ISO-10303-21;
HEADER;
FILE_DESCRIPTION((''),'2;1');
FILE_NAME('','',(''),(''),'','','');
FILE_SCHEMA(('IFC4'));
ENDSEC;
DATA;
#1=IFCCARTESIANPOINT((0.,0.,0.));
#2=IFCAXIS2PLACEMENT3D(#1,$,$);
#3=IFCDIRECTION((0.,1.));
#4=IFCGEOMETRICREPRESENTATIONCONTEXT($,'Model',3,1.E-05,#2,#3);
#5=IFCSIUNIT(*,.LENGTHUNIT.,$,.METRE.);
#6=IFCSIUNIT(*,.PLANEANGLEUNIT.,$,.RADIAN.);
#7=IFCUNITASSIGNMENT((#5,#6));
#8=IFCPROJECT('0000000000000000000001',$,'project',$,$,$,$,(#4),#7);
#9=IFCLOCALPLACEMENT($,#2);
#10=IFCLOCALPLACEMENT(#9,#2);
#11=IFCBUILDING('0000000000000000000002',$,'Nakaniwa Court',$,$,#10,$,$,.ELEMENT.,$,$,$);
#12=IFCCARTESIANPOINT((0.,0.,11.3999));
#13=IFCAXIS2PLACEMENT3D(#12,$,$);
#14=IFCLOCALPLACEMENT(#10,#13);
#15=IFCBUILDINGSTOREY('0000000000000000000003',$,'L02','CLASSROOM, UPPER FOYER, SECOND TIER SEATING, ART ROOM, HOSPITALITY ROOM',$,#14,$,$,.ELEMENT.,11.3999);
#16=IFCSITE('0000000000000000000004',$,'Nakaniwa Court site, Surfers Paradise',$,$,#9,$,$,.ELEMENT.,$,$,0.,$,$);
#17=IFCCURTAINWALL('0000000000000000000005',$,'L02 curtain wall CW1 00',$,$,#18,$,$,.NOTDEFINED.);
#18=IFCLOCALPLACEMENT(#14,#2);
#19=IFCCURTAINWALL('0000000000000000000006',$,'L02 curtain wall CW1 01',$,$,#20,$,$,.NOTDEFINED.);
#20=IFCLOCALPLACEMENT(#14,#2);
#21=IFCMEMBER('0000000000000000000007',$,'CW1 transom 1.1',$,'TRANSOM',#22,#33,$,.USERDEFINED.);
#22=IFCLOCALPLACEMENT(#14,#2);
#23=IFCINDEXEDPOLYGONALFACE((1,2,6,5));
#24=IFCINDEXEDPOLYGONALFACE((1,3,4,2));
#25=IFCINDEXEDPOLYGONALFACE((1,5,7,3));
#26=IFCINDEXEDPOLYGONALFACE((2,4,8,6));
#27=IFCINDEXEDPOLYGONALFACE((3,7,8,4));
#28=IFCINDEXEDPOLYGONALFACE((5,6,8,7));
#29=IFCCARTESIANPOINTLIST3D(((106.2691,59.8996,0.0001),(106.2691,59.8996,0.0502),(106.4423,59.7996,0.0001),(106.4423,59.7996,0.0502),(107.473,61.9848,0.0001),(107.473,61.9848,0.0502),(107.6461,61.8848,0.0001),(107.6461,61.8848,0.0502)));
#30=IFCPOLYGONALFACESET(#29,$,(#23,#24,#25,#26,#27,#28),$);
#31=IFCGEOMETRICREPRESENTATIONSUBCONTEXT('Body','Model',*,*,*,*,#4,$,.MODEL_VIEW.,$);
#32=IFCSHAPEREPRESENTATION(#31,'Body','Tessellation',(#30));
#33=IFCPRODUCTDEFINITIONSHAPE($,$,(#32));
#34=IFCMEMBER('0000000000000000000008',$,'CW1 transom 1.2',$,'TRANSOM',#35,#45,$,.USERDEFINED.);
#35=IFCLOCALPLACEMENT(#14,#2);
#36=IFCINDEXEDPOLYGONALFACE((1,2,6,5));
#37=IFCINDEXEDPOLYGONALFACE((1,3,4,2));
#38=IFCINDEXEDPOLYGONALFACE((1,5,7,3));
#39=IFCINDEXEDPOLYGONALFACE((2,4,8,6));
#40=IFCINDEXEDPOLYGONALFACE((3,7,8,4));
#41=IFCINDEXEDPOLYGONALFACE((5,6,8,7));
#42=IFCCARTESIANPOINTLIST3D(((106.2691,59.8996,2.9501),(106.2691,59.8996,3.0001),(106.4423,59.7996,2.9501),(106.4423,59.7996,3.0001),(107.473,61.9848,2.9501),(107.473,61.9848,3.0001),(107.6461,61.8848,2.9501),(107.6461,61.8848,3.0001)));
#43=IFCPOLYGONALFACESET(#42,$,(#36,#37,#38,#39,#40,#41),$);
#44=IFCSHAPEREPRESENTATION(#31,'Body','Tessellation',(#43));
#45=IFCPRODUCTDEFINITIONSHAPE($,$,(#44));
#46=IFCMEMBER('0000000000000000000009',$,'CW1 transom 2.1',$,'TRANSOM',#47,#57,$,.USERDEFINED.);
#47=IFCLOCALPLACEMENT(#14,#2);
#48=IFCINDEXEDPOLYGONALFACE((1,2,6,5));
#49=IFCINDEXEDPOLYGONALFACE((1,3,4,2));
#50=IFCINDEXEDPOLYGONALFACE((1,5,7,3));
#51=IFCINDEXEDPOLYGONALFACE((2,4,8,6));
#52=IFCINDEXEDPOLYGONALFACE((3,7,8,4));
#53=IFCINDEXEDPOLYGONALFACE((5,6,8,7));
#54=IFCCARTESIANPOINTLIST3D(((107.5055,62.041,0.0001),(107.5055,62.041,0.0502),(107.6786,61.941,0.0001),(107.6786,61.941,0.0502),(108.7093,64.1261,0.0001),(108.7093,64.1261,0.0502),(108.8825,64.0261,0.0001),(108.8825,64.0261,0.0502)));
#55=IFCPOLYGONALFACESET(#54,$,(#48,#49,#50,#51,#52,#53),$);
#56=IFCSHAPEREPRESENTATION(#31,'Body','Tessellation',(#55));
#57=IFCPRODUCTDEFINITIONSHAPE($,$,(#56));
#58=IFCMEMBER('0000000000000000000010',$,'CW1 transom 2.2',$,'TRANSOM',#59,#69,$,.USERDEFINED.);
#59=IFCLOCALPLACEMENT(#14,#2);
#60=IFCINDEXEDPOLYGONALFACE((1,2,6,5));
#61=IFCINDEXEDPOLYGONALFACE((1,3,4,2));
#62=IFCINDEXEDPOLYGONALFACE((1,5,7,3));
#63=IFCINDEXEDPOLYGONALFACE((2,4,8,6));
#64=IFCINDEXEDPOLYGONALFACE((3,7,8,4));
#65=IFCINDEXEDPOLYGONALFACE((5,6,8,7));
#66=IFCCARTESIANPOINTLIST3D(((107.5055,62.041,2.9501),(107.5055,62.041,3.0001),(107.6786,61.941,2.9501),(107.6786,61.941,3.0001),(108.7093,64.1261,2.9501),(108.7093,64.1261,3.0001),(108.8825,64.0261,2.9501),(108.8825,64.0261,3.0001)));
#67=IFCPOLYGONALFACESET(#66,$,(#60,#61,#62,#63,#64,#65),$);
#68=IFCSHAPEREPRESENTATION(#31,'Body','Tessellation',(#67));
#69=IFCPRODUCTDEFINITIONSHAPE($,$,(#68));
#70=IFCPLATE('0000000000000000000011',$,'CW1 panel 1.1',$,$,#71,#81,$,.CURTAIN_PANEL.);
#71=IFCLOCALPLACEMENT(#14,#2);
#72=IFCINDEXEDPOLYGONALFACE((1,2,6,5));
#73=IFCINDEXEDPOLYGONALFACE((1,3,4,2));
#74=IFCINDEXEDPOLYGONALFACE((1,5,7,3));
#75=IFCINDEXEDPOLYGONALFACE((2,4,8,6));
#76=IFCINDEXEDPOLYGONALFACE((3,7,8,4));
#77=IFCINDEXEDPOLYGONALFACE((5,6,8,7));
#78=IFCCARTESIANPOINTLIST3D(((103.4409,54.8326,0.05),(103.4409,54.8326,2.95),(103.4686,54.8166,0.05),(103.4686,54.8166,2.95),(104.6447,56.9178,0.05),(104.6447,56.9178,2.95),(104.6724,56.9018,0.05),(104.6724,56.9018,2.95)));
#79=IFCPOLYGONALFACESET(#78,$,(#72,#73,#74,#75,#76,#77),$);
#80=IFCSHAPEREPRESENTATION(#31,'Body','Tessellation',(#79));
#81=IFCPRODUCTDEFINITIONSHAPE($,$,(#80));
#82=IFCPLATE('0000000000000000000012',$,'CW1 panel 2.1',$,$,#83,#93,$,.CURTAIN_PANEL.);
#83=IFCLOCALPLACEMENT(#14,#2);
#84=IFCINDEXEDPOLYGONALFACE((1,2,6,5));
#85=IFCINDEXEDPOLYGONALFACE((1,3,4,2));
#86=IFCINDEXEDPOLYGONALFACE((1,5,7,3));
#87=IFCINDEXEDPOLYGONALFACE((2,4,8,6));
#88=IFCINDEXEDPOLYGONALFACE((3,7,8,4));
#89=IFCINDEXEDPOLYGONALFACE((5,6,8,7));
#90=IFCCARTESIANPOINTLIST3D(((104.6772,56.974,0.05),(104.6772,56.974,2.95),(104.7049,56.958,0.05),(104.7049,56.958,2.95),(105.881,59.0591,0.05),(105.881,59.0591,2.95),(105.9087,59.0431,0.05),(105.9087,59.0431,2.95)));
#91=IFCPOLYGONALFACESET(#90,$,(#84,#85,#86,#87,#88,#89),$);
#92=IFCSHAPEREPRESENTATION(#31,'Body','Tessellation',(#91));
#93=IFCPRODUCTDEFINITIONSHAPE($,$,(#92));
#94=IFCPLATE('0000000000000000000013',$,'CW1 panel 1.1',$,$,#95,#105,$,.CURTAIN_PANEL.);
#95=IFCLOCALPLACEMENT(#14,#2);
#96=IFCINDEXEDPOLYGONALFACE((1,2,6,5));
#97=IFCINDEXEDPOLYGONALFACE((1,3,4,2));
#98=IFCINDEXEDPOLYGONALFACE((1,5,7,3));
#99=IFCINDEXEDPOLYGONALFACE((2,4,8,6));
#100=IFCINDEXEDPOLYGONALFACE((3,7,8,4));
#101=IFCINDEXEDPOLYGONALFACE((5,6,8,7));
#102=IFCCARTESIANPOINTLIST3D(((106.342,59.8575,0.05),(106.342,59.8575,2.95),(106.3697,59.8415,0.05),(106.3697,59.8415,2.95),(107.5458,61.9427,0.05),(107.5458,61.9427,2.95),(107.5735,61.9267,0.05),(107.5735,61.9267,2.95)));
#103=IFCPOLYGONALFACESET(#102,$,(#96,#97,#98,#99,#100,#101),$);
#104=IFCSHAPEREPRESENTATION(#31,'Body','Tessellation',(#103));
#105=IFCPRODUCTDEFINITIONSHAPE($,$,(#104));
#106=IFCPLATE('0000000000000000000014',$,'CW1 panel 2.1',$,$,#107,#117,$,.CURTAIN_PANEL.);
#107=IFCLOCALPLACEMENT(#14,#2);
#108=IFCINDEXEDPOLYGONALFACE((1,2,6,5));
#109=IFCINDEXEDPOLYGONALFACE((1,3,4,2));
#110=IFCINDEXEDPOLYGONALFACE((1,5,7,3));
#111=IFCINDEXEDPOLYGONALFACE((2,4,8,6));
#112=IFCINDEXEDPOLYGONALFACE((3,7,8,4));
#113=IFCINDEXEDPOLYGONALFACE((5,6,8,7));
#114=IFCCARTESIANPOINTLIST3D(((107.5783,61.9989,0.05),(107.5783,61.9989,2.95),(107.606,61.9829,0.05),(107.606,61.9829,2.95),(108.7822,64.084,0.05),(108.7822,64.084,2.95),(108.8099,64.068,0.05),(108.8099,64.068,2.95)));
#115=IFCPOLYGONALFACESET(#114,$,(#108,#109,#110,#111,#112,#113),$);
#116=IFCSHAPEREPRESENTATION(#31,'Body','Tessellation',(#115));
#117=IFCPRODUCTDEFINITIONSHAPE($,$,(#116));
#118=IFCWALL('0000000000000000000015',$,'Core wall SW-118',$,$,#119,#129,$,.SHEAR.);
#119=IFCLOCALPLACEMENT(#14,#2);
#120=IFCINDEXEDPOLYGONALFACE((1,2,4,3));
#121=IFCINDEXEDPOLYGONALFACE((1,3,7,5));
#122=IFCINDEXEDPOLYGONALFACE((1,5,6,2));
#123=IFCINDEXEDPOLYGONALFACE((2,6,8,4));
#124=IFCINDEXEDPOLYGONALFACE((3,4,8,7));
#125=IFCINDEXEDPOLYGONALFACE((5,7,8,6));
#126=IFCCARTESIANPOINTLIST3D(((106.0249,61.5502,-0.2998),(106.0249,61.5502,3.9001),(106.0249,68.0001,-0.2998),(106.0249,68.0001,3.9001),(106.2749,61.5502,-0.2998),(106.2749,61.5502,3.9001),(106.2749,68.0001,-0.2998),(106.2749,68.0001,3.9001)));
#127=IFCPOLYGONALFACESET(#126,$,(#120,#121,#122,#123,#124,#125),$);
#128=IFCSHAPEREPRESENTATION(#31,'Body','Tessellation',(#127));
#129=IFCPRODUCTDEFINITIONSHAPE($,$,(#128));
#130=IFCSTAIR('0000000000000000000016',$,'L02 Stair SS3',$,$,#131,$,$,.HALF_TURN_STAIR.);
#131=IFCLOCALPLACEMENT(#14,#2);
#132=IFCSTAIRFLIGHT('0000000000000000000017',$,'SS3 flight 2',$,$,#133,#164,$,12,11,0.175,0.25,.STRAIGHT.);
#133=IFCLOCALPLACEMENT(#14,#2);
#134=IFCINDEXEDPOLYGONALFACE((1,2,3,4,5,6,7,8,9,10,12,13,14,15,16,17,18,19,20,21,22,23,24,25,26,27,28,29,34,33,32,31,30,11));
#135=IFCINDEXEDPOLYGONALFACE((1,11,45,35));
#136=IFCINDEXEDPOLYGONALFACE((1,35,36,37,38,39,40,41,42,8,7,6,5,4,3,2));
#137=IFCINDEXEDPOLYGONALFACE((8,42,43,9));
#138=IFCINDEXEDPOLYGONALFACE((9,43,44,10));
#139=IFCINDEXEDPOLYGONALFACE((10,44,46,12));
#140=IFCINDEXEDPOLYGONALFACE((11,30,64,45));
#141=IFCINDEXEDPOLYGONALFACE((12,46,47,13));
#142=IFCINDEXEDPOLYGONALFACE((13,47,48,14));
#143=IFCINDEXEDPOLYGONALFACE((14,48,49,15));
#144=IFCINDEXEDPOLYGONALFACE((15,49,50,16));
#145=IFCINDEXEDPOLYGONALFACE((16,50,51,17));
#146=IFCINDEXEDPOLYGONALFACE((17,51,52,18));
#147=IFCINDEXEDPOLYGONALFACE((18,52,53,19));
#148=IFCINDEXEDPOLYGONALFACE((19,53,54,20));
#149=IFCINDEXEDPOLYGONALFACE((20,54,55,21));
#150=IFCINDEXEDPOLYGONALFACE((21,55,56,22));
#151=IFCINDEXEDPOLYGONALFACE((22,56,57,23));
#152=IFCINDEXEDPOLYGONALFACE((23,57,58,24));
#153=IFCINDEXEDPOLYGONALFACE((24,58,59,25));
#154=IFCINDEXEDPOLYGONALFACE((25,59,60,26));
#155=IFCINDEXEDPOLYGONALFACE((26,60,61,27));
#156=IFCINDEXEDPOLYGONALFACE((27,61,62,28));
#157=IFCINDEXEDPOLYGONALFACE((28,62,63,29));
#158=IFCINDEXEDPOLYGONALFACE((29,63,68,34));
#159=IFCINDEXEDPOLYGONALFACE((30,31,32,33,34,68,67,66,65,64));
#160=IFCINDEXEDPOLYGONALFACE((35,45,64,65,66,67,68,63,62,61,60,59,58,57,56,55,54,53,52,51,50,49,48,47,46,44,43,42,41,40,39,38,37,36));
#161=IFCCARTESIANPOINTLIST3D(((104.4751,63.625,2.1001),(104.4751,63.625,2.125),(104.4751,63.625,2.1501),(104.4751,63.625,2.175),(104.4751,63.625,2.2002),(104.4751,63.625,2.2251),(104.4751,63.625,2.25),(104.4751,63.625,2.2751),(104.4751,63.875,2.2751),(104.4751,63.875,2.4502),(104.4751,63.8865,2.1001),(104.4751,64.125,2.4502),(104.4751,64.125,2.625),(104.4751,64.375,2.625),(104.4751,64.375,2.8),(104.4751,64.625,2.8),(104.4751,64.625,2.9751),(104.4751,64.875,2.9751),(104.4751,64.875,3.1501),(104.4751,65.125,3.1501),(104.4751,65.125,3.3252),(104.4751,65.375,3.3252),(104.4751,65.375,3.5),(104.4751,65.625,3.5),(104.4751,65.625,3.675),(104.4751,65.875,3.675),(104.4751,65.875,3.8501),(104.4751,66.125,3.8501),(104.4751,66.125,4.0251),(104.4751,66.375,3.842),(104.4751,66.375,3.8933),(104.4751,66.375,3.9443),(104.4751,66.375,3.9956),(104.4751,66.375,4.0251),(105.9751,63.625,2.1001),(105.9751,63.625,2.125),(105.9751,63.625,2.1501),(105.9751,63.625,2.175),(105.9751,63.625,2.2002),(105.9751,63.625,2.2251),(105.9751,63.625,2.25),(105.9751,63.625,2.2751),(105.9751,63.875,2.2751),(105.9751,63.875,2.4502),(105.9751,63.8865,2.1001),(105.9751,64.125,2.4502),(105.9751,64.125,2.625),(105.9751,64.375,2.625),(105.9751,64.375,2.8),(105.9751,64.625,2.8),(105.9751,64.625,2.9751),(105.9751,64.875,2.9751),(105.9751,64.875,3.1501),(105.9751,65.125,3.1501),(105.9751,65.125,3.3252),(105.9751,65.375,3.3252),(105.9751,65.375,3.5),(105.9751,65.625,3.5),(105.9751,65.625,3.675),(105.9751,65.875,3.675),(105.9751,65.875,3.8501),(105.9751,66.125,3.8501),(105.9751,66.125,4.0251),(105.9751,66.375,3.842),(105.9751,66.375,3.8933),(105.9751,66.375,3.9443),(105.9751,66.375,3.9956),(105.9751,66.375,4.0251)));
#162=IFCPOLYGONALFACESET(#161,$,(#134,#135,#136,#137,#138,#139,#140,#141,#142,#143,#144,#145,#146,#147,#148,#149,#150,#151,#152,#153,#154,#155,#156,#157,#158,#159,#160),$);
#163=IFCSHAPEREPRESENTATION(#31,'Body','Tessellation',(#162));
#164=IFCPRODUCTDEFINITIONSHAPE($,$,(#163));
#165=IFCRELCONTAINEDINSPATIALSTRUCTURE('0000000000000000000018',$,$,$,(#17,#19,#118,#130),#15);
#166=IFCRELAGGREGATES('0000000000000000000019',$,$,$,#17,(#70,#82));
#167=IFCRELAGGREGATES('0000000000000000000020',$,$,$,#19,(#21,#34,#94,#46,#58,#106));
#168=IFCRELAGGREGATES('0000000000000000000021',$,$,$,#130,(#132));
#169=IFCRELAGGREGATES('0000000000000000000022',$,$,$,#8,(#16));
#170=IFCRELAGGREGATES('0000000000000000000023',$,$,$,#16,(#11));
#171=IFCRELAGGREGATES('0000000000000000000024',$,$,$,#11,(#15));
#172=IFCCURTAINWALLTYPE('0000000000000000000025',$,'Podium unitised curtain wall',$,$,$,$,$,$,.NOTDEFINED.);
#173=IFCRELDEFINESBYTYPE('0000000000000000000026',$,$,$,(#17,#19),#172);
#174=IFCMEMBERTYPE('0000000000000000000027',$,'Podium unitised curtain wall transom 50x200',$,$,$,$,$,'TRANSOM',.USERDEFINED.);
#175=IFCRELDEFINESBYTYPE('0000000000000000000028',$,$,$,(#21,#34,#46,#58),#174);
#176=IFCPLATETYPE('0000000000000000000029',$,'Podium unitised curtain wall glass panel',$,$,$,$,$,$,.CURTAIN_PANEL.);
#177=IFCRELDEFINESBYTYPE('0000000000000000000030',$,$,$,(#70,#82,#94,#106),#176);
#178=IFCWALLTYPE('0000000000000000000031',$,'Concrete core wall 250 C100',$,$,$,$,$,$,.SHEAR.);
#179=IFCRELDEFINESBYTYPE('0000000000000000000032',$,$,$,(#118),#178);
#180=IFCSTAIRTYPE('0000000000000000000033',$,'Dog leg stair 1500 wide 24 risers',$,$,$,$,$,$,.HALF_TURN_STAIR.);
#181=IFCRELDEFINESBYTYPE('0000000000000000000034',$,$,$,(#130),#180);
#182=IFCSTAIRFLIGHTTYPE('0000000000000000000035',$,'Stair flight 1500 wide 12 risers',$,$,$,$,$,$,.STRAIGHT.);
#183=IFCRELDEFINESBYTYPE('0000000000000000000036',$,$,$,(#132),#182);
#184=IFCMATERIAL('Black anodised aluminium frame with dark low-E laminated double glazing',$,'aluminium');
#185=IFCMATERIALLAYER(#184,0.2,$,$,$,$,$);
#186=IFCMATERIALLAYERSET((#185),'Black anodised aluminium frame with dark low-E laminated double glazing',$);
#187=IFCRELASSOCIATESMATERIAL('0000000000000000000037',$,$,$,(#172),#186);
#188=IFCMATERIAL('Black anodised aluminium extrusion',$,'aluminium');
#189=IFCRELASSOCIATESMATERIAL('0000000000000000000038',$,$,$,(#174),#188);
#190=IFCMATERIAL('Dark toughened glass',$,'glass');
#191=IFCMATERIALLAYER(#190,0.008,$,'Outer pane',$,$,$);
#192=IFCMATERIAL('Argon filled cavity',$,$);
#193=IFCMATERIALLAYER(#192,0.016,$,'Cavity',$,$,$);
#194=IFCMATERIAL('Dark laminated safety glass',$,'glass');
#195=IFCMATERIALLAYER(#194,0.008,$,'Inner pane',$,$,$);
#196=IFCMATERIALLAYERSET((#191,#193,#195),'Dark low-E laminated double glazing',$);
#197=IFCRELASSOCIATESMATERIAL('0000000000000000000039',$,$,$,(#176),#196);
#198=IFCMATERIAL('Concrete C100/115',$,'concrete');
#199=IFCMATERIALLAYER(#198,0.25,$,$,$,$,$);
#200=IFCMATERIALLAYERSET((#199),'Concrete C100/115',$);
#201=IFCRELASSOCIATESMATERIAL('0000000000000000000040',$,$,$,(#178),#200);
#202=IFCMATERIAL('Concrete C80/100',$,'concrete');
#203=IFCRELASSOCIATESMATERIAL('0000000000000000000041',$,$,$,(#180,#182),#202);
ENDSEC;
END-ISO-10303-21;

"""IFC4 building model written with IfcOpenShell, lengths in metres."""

from ifc_helpers import new_model, si_unit, direction, frame, frame_2d, origin, origin_2d, place, context, subcontext, project, spatial, polyline, rectangle, outline, extrude, material, layer, layer_set, material_profile, profile_set, type_object, element, aggregate, save


model = new_model("IFC4")

# Units and contexts
model_context = context("Model", 3, precision=1e-05, world=origin(), true_north=direction((0.0, 1.0)))
body_context = subcontext(model_context, "Body", "Model", "MODEL_VIEW")
ifc_project = project(units=[si_unit("LENGTHUNIT", "METRE"), si_unit("PLANEANGLEUNIT", "RADIAN")], contexts=[model_context])

# Site, building, storey
site_placement = place(None, origin())
site = spatial("IfcSite", under=ifc_project, at=site_placement, Name="Nakaniwa Court site, Surfers Paradise", CompositionType="ELEMENT", RefElevation=0.0)
building_placement = place(site_placement, origin())
building = spatial("IfcBuilding", under=site, at=building_placement, Name="Nakaniwa Court", CompositionType="ELEMENT")
storey_placement = place(building_placement, frame((0.0, 0.0, 11.3999)))
storey = spatial("IfcBuildingStorey", under=building, at=storey_placement, Name="L02", Description="CLASSROOM, UPPER FOYER, SECOND TIER SEATING, ART ROOM, HOSPITALITY ROOM", CompositionType="ELEMENT", Elevation=11.3999)

# Shared definitions
ifc_material_1 = material(Name="Concrete C100/115", Category="concrete")

# Curtain walls
ifc_material_2 = material(Name="Black anodised aluminium frame with dark low-E laminated double glazing", Category="aluminium")
ifc_layer_1 = layer(ifc_material_2, 0.2)
ifc_layer_set_1 = layer_set([ifc_layer_1], Name="Black anodised aluminium frame with dark low-E laminated double glazing")
curtain_wall_type = type_object("IfcCurtainWallType", Name="Podium unitised curtain wall", PredefinedType="NOTDEFINED", material=ifc_layer_set_1)
curtain_wall_1_placement = place(storey_placement, origin())
curtain_wall_1 = element("IfcCurtainWall", 1, at=curtain_wall_1_placement, inside=storey, type_object=curtain_wall_type, Name="L02 curtain wall CW1 00", PredefinedType="NOTDEFINED")
ifc_material_3 = material(Name="Black anodised aluminium extrusion", Category="aluminium")
curtain_wall_2_placement = place(storey_placement, origin())
curtain_wall_2 = element("IfcCurtainWall", 2, at=curtain_wall_2_placement, inside=storey, type_object=curtain_wall_type, Name="L02 curtain wall CW1 01", PredefinedType="NOTDEFINED")

# Members
ifc_material_profile_1 = material_profile(ifc_material_3, rectangle(XDim=0.2, YDim=0.05, at=origin_2d()), Name="Podium unitised curtain wall transom 50x200")
ifc_profile_set_1 = profile_set([ifc_material_profile_1], Name="Black anodised aluminium extrusion")
member_type_1 = type_object("IfcMemberType", Name="Podium unitised curtain wall transom 50x200", ElementType="TRANSOM", PredefinedType="USERDEFINED", material=ifc_profile_set_1)
member_1_placement = place(storey_placement, frame((106.3557, 59.8496, 0.0251), z_axis=(0.499989, 0.866032, 0.0), x_axis=(-0.866032, 0.499989, 0.0)))
member_1 = element("IfcMember", 3, at=member_1_placement, type_object=member_type_1, Name="CW1 transom 1.1", ObjectType="TRANSOM", PredefinedType="USERDEFINED", context=body_context, shape_type="SweptSolid", body=[
    extrude(rectangle(XDim=0.2, YDim=0.05, at=origin_2d()), origin(), (0.0, 0.0, 1.0), 2.4077),
])
member_2_placement = place(storey_placement, frame((106.3557, 59.8496, 2.9751), z_axis=(0.499989, 0.866032, 0.0), x_axis=(-0.866032, 0.499989, 0.0)))
member_2 = element("IfcMember", 4, at=member_2_placement, type_object=member_type_1, Name="CW1 transom 1.2", ObjectType="TRANSOM", PredefinedType="USERDEFINED", context=body_context, shape_type="SweptSolid", body=[
    extrude(rectangle(XDim=0.2, YDim=0.05, at=origin_2d()), origin(), (0.0, 0.0, 1.0), 2.4077),
])
member_3_placement = place(storey_placement, frame((107.592, 61.991, 0.0251), z_axis=(0.499989, 0.866032, 0.0), x_axis=(-0.866032, 0.499989, 0.0)))
member_3 = element("IfcMember", 5, at=member_3_placement, type_object=member_type_1, Name="CW1 transom 2.1", ObjectType="TRANSOM", PredefinedType="USERDEFINED", context=body_context, shape_type="SweptSolid", body=[
    extrude(rectangle(XDim=0.2, YDim=0.05, at=origin_2d()), origin(), (0.0, 0.0, 1.0), 2.4077),
])
member_4_placement = place(storey_placement, frame((107.592, 61.991, 2.9751), z_axis=(0.499989, 0.866032, 0.0), x_axis=(-0.866032, 0.499989, 0.0)))
member_4 = element("IfcMember", 6, at=member_4_placement, type_object=member_type_1, Name="CW1 transom 2.2", ObjectType="TRANSOM", PredefinedType="USERDEFINED", context=body_context, shape_type="SweptSolid", body=[
    extrude(rectangle(XDim=0.2, YDim=0.05, at=origin_2d()), origin(), (0.0, 0.0, 1.0), 2.4077),
])

# Plates
ifc_material_4 = material(Name="Dark toughened glass", Category="glass")
ifc_layer_2 = layer(ifc_material_4, 0.008, Name="Outer pane")
ifc_material_5 = material(Name="Argon filled cavity")
ifc_layer_3 = layer(ifc_material_5, 0.016, Name="Cavity")
ifc_material_6 = material(Name="Dark laminated safety glass", Category="glass")
ifc_layer_4 = layer(ifc_material_6, 0.008, Name="Inner pane")
ifc_layer_set_2 = layer_set([ifc_layer_2, ifc_layer_3, ifc_layer_4], Name="Dark low-E laminated double glazing")
plate_type = type_object("IfcPlateType", Name="Podium unitised curtain wall glass panel", PredefinedType="CURTAIN_PANEL", material=ifc_layer_set_2)
plate_1_placement = place(storey_placement, frame((104.0566, 55.8672, 0.05), z_axis=(0.0, 0.0, 1.0), x_axis=(0.499979, 0.866037, 0.0)))
plate_1 = element("IfcPlate", 7, at=plate_1_placement, type_object=plate_type, Name="CW1 panel 1.1", PredefinedType="CURTAIN_PANEL", context=body_context, shape_type="SweptSolid", body=[
    extrude(rectangle(XDim=2.4077, YDim=0.032, at=origin_2d()), origin(), (0.0, 0.0, 1.0), 2.8999),
])
plate_2_placement = place(storey_placement, frame((105.293, 58.0085, 0.05), z_axis=(0.0, 0.0, 1.0), x_axis=(0.499979, 0.866037, 0.0)))
plate_2 = element("IfcPlate", 8, at=plate_2_placement, type_object=plate_type, Name="CW1 panel 2.1", PredefinedType="CURTAIN_PANEL", context=body_context, shape_type="SweptSolid", body=[
    extrude(rectangle(XDim=2.4077, YDim=0.032, at=origin_2d()), origin(), (0.0, 0.0, 1.0), 2.8999),
])
aggregate(curtain_wall_1, [plate_1, plate_2])
plate_3_placement = place(storey_placement, frame((106.9578, 60.8921, 0.05), z_axis=(0.0, 0.0, 1.0), x_axis=(0.499988, 0.866032, 0.0)))
plate_3 = element("IfcPlate", 9, at=plate_3_placement, type_object=plate_type, Name="CW1 panel 1.1", PredefinedType="CURTAIN_PANEL", context=body_context, shape_type="SweptSolid", body=[
    extrude(rectangle(XDim=2.4077, YDim=0.032, at=origin_2d()), origin(), (0.0, 0.0, 1.0), 2.8999),
])
plate_4_placement = place(storey_placement, frame((108.1941, 63.0334, 0.05), z_axis=(0.0, 0.0, 1.0), x_axis=(0.499988, 0.866032, 0.0)))
plate_4 = element("IfcPlate", 10, at=plate_4_placement, type_object=plate_type, Name="CW1 panel 2.1", PredefinedType="CURTAIN_PANEL", context=body_context, shape_type="SweptSolid", body=[
    extrude(rectangle(XDim=2.4077, YDim=0.032, at=origin_2d()), origin(), (0.0, 0.0, 1.0), 2.8999),
])
aggregate(curtain_wall_2, [member_1, member_2, plate_3, member_3, member_4, plate_4])

# Wall
ifc_layer_5 = layer(ifc_material_1, 0.25)
ifc_layer_set_3 = layer_set([ifc_layer_5], Name="Concrete C100/115")
wall_type = type_object("IfcWallType", Name="Concrete core wall 250 C100", PredefinedType="SHEAR", material=ifc_layer_set_3)
wall_placement = place(storey_placement, frame((106.1499, 61.55, -0.2998), z_axis=(0.0, 0.0, 1.0), x_axis=(0.0, 1.0, 0.0)))
element("IfcWall", 11, at=wall_placement, inside=storey, type_object=wall_type, Name="Core wall SW-118", PredefinedType="SHEAR", context=body_context, shape_type="SweptSolid", body=[
    extrude(rectangle(XDim=6.45, YDim=0.25, at=frame_2d((3.2251, 0.0))), origin(), (0.0, 0.0, 1.0), 4.2),
])

# Stair, stair flight
ifc_material_7 = material(Name="Concrete C80/100", Category="concrete")
stair_type = type_object("IfcStairType", Name="Dog leg stair 1500 wide 24 risers", PredefinedType="HALF_TURN_STAIR", material=ifc_material_7)
stair_placement = place(storey_placement, origin())
stair = element("IfcStair", 12, at=stair_placement, inside=storey, type_object=stair_type, Name="L02 Stair SS3", PredefinedType="HALF_TURN_STAIR")
stair_flight_type = type_object("IfcStairFlightType", Name="Stair flight 1500 wide 12 risers", PredefinedType="STRAIGHT", material=ifc_material_7)
stair_flight_placement = place(storey_placement, frame((105.2251, 63.625, 2.1001), z_axis=(0.0, 0.0, 1.0), x_axis=(0.0, 1.0, 0.0)))
stair_flight = element("IfcStairFlight", 13, at=stair_flight_placement, type_object=stair_flight_type, Name="SS3 flight 2", NumberOfRisers=12, NumberOfTreads=11, PredefinedType="STRAIGHT", RiserHeight=0.175, TreadLength=0.25, context=body_context, shape_type="SweptSolid", body=[
    extrude(outline(polyline([(0.0, 0.0), (0.0, 0.0249), (0.0, 0.05), (0.0, 0.075), (0.0, 0.1001), (0.0, 0.125), (0.0, 0.1499), (0.0, 0.175), (0.25, 0.175), (0.25, 0.3501), (0.5, 0.3501), (0.5, 0.5249), (0.75, 0.5249), (0.75, 0.7), (1.0, 0.7), (1.0, 0.875), (1.25, 0.875), (1.25, 1.05), (1.5, 1.05), (1.5, 1.2251), (1.75, 1.2251), (1.75, 1.3999), (2.0, 1.3999), (2.0, 1.575), (2.25, 1.575), (2.25, 1.75), (2.5, 1.75), (2.5, 1.925), (2.75, 1.925), (2.75, 2.1001), (2.75, 2.0488), (2.75, 1.9978), (2.75, 1.9465), (2.75, 1.8955), (2.75, 1.8442), (2.75, 1.7932), (2.75, 1.7419), (0.2615, 0.0), (0.0, 0.0)])), frame((0.0, 0.75, 0.0), z_axis=(0.0, -1.0, 0.0), x_axis=(1.0, 0.0, 0.0)), (0.0, 0.0, 1.0), 1.5),
])
aggregate(stair, [stair_flight])

save(model, "model.ifc")
